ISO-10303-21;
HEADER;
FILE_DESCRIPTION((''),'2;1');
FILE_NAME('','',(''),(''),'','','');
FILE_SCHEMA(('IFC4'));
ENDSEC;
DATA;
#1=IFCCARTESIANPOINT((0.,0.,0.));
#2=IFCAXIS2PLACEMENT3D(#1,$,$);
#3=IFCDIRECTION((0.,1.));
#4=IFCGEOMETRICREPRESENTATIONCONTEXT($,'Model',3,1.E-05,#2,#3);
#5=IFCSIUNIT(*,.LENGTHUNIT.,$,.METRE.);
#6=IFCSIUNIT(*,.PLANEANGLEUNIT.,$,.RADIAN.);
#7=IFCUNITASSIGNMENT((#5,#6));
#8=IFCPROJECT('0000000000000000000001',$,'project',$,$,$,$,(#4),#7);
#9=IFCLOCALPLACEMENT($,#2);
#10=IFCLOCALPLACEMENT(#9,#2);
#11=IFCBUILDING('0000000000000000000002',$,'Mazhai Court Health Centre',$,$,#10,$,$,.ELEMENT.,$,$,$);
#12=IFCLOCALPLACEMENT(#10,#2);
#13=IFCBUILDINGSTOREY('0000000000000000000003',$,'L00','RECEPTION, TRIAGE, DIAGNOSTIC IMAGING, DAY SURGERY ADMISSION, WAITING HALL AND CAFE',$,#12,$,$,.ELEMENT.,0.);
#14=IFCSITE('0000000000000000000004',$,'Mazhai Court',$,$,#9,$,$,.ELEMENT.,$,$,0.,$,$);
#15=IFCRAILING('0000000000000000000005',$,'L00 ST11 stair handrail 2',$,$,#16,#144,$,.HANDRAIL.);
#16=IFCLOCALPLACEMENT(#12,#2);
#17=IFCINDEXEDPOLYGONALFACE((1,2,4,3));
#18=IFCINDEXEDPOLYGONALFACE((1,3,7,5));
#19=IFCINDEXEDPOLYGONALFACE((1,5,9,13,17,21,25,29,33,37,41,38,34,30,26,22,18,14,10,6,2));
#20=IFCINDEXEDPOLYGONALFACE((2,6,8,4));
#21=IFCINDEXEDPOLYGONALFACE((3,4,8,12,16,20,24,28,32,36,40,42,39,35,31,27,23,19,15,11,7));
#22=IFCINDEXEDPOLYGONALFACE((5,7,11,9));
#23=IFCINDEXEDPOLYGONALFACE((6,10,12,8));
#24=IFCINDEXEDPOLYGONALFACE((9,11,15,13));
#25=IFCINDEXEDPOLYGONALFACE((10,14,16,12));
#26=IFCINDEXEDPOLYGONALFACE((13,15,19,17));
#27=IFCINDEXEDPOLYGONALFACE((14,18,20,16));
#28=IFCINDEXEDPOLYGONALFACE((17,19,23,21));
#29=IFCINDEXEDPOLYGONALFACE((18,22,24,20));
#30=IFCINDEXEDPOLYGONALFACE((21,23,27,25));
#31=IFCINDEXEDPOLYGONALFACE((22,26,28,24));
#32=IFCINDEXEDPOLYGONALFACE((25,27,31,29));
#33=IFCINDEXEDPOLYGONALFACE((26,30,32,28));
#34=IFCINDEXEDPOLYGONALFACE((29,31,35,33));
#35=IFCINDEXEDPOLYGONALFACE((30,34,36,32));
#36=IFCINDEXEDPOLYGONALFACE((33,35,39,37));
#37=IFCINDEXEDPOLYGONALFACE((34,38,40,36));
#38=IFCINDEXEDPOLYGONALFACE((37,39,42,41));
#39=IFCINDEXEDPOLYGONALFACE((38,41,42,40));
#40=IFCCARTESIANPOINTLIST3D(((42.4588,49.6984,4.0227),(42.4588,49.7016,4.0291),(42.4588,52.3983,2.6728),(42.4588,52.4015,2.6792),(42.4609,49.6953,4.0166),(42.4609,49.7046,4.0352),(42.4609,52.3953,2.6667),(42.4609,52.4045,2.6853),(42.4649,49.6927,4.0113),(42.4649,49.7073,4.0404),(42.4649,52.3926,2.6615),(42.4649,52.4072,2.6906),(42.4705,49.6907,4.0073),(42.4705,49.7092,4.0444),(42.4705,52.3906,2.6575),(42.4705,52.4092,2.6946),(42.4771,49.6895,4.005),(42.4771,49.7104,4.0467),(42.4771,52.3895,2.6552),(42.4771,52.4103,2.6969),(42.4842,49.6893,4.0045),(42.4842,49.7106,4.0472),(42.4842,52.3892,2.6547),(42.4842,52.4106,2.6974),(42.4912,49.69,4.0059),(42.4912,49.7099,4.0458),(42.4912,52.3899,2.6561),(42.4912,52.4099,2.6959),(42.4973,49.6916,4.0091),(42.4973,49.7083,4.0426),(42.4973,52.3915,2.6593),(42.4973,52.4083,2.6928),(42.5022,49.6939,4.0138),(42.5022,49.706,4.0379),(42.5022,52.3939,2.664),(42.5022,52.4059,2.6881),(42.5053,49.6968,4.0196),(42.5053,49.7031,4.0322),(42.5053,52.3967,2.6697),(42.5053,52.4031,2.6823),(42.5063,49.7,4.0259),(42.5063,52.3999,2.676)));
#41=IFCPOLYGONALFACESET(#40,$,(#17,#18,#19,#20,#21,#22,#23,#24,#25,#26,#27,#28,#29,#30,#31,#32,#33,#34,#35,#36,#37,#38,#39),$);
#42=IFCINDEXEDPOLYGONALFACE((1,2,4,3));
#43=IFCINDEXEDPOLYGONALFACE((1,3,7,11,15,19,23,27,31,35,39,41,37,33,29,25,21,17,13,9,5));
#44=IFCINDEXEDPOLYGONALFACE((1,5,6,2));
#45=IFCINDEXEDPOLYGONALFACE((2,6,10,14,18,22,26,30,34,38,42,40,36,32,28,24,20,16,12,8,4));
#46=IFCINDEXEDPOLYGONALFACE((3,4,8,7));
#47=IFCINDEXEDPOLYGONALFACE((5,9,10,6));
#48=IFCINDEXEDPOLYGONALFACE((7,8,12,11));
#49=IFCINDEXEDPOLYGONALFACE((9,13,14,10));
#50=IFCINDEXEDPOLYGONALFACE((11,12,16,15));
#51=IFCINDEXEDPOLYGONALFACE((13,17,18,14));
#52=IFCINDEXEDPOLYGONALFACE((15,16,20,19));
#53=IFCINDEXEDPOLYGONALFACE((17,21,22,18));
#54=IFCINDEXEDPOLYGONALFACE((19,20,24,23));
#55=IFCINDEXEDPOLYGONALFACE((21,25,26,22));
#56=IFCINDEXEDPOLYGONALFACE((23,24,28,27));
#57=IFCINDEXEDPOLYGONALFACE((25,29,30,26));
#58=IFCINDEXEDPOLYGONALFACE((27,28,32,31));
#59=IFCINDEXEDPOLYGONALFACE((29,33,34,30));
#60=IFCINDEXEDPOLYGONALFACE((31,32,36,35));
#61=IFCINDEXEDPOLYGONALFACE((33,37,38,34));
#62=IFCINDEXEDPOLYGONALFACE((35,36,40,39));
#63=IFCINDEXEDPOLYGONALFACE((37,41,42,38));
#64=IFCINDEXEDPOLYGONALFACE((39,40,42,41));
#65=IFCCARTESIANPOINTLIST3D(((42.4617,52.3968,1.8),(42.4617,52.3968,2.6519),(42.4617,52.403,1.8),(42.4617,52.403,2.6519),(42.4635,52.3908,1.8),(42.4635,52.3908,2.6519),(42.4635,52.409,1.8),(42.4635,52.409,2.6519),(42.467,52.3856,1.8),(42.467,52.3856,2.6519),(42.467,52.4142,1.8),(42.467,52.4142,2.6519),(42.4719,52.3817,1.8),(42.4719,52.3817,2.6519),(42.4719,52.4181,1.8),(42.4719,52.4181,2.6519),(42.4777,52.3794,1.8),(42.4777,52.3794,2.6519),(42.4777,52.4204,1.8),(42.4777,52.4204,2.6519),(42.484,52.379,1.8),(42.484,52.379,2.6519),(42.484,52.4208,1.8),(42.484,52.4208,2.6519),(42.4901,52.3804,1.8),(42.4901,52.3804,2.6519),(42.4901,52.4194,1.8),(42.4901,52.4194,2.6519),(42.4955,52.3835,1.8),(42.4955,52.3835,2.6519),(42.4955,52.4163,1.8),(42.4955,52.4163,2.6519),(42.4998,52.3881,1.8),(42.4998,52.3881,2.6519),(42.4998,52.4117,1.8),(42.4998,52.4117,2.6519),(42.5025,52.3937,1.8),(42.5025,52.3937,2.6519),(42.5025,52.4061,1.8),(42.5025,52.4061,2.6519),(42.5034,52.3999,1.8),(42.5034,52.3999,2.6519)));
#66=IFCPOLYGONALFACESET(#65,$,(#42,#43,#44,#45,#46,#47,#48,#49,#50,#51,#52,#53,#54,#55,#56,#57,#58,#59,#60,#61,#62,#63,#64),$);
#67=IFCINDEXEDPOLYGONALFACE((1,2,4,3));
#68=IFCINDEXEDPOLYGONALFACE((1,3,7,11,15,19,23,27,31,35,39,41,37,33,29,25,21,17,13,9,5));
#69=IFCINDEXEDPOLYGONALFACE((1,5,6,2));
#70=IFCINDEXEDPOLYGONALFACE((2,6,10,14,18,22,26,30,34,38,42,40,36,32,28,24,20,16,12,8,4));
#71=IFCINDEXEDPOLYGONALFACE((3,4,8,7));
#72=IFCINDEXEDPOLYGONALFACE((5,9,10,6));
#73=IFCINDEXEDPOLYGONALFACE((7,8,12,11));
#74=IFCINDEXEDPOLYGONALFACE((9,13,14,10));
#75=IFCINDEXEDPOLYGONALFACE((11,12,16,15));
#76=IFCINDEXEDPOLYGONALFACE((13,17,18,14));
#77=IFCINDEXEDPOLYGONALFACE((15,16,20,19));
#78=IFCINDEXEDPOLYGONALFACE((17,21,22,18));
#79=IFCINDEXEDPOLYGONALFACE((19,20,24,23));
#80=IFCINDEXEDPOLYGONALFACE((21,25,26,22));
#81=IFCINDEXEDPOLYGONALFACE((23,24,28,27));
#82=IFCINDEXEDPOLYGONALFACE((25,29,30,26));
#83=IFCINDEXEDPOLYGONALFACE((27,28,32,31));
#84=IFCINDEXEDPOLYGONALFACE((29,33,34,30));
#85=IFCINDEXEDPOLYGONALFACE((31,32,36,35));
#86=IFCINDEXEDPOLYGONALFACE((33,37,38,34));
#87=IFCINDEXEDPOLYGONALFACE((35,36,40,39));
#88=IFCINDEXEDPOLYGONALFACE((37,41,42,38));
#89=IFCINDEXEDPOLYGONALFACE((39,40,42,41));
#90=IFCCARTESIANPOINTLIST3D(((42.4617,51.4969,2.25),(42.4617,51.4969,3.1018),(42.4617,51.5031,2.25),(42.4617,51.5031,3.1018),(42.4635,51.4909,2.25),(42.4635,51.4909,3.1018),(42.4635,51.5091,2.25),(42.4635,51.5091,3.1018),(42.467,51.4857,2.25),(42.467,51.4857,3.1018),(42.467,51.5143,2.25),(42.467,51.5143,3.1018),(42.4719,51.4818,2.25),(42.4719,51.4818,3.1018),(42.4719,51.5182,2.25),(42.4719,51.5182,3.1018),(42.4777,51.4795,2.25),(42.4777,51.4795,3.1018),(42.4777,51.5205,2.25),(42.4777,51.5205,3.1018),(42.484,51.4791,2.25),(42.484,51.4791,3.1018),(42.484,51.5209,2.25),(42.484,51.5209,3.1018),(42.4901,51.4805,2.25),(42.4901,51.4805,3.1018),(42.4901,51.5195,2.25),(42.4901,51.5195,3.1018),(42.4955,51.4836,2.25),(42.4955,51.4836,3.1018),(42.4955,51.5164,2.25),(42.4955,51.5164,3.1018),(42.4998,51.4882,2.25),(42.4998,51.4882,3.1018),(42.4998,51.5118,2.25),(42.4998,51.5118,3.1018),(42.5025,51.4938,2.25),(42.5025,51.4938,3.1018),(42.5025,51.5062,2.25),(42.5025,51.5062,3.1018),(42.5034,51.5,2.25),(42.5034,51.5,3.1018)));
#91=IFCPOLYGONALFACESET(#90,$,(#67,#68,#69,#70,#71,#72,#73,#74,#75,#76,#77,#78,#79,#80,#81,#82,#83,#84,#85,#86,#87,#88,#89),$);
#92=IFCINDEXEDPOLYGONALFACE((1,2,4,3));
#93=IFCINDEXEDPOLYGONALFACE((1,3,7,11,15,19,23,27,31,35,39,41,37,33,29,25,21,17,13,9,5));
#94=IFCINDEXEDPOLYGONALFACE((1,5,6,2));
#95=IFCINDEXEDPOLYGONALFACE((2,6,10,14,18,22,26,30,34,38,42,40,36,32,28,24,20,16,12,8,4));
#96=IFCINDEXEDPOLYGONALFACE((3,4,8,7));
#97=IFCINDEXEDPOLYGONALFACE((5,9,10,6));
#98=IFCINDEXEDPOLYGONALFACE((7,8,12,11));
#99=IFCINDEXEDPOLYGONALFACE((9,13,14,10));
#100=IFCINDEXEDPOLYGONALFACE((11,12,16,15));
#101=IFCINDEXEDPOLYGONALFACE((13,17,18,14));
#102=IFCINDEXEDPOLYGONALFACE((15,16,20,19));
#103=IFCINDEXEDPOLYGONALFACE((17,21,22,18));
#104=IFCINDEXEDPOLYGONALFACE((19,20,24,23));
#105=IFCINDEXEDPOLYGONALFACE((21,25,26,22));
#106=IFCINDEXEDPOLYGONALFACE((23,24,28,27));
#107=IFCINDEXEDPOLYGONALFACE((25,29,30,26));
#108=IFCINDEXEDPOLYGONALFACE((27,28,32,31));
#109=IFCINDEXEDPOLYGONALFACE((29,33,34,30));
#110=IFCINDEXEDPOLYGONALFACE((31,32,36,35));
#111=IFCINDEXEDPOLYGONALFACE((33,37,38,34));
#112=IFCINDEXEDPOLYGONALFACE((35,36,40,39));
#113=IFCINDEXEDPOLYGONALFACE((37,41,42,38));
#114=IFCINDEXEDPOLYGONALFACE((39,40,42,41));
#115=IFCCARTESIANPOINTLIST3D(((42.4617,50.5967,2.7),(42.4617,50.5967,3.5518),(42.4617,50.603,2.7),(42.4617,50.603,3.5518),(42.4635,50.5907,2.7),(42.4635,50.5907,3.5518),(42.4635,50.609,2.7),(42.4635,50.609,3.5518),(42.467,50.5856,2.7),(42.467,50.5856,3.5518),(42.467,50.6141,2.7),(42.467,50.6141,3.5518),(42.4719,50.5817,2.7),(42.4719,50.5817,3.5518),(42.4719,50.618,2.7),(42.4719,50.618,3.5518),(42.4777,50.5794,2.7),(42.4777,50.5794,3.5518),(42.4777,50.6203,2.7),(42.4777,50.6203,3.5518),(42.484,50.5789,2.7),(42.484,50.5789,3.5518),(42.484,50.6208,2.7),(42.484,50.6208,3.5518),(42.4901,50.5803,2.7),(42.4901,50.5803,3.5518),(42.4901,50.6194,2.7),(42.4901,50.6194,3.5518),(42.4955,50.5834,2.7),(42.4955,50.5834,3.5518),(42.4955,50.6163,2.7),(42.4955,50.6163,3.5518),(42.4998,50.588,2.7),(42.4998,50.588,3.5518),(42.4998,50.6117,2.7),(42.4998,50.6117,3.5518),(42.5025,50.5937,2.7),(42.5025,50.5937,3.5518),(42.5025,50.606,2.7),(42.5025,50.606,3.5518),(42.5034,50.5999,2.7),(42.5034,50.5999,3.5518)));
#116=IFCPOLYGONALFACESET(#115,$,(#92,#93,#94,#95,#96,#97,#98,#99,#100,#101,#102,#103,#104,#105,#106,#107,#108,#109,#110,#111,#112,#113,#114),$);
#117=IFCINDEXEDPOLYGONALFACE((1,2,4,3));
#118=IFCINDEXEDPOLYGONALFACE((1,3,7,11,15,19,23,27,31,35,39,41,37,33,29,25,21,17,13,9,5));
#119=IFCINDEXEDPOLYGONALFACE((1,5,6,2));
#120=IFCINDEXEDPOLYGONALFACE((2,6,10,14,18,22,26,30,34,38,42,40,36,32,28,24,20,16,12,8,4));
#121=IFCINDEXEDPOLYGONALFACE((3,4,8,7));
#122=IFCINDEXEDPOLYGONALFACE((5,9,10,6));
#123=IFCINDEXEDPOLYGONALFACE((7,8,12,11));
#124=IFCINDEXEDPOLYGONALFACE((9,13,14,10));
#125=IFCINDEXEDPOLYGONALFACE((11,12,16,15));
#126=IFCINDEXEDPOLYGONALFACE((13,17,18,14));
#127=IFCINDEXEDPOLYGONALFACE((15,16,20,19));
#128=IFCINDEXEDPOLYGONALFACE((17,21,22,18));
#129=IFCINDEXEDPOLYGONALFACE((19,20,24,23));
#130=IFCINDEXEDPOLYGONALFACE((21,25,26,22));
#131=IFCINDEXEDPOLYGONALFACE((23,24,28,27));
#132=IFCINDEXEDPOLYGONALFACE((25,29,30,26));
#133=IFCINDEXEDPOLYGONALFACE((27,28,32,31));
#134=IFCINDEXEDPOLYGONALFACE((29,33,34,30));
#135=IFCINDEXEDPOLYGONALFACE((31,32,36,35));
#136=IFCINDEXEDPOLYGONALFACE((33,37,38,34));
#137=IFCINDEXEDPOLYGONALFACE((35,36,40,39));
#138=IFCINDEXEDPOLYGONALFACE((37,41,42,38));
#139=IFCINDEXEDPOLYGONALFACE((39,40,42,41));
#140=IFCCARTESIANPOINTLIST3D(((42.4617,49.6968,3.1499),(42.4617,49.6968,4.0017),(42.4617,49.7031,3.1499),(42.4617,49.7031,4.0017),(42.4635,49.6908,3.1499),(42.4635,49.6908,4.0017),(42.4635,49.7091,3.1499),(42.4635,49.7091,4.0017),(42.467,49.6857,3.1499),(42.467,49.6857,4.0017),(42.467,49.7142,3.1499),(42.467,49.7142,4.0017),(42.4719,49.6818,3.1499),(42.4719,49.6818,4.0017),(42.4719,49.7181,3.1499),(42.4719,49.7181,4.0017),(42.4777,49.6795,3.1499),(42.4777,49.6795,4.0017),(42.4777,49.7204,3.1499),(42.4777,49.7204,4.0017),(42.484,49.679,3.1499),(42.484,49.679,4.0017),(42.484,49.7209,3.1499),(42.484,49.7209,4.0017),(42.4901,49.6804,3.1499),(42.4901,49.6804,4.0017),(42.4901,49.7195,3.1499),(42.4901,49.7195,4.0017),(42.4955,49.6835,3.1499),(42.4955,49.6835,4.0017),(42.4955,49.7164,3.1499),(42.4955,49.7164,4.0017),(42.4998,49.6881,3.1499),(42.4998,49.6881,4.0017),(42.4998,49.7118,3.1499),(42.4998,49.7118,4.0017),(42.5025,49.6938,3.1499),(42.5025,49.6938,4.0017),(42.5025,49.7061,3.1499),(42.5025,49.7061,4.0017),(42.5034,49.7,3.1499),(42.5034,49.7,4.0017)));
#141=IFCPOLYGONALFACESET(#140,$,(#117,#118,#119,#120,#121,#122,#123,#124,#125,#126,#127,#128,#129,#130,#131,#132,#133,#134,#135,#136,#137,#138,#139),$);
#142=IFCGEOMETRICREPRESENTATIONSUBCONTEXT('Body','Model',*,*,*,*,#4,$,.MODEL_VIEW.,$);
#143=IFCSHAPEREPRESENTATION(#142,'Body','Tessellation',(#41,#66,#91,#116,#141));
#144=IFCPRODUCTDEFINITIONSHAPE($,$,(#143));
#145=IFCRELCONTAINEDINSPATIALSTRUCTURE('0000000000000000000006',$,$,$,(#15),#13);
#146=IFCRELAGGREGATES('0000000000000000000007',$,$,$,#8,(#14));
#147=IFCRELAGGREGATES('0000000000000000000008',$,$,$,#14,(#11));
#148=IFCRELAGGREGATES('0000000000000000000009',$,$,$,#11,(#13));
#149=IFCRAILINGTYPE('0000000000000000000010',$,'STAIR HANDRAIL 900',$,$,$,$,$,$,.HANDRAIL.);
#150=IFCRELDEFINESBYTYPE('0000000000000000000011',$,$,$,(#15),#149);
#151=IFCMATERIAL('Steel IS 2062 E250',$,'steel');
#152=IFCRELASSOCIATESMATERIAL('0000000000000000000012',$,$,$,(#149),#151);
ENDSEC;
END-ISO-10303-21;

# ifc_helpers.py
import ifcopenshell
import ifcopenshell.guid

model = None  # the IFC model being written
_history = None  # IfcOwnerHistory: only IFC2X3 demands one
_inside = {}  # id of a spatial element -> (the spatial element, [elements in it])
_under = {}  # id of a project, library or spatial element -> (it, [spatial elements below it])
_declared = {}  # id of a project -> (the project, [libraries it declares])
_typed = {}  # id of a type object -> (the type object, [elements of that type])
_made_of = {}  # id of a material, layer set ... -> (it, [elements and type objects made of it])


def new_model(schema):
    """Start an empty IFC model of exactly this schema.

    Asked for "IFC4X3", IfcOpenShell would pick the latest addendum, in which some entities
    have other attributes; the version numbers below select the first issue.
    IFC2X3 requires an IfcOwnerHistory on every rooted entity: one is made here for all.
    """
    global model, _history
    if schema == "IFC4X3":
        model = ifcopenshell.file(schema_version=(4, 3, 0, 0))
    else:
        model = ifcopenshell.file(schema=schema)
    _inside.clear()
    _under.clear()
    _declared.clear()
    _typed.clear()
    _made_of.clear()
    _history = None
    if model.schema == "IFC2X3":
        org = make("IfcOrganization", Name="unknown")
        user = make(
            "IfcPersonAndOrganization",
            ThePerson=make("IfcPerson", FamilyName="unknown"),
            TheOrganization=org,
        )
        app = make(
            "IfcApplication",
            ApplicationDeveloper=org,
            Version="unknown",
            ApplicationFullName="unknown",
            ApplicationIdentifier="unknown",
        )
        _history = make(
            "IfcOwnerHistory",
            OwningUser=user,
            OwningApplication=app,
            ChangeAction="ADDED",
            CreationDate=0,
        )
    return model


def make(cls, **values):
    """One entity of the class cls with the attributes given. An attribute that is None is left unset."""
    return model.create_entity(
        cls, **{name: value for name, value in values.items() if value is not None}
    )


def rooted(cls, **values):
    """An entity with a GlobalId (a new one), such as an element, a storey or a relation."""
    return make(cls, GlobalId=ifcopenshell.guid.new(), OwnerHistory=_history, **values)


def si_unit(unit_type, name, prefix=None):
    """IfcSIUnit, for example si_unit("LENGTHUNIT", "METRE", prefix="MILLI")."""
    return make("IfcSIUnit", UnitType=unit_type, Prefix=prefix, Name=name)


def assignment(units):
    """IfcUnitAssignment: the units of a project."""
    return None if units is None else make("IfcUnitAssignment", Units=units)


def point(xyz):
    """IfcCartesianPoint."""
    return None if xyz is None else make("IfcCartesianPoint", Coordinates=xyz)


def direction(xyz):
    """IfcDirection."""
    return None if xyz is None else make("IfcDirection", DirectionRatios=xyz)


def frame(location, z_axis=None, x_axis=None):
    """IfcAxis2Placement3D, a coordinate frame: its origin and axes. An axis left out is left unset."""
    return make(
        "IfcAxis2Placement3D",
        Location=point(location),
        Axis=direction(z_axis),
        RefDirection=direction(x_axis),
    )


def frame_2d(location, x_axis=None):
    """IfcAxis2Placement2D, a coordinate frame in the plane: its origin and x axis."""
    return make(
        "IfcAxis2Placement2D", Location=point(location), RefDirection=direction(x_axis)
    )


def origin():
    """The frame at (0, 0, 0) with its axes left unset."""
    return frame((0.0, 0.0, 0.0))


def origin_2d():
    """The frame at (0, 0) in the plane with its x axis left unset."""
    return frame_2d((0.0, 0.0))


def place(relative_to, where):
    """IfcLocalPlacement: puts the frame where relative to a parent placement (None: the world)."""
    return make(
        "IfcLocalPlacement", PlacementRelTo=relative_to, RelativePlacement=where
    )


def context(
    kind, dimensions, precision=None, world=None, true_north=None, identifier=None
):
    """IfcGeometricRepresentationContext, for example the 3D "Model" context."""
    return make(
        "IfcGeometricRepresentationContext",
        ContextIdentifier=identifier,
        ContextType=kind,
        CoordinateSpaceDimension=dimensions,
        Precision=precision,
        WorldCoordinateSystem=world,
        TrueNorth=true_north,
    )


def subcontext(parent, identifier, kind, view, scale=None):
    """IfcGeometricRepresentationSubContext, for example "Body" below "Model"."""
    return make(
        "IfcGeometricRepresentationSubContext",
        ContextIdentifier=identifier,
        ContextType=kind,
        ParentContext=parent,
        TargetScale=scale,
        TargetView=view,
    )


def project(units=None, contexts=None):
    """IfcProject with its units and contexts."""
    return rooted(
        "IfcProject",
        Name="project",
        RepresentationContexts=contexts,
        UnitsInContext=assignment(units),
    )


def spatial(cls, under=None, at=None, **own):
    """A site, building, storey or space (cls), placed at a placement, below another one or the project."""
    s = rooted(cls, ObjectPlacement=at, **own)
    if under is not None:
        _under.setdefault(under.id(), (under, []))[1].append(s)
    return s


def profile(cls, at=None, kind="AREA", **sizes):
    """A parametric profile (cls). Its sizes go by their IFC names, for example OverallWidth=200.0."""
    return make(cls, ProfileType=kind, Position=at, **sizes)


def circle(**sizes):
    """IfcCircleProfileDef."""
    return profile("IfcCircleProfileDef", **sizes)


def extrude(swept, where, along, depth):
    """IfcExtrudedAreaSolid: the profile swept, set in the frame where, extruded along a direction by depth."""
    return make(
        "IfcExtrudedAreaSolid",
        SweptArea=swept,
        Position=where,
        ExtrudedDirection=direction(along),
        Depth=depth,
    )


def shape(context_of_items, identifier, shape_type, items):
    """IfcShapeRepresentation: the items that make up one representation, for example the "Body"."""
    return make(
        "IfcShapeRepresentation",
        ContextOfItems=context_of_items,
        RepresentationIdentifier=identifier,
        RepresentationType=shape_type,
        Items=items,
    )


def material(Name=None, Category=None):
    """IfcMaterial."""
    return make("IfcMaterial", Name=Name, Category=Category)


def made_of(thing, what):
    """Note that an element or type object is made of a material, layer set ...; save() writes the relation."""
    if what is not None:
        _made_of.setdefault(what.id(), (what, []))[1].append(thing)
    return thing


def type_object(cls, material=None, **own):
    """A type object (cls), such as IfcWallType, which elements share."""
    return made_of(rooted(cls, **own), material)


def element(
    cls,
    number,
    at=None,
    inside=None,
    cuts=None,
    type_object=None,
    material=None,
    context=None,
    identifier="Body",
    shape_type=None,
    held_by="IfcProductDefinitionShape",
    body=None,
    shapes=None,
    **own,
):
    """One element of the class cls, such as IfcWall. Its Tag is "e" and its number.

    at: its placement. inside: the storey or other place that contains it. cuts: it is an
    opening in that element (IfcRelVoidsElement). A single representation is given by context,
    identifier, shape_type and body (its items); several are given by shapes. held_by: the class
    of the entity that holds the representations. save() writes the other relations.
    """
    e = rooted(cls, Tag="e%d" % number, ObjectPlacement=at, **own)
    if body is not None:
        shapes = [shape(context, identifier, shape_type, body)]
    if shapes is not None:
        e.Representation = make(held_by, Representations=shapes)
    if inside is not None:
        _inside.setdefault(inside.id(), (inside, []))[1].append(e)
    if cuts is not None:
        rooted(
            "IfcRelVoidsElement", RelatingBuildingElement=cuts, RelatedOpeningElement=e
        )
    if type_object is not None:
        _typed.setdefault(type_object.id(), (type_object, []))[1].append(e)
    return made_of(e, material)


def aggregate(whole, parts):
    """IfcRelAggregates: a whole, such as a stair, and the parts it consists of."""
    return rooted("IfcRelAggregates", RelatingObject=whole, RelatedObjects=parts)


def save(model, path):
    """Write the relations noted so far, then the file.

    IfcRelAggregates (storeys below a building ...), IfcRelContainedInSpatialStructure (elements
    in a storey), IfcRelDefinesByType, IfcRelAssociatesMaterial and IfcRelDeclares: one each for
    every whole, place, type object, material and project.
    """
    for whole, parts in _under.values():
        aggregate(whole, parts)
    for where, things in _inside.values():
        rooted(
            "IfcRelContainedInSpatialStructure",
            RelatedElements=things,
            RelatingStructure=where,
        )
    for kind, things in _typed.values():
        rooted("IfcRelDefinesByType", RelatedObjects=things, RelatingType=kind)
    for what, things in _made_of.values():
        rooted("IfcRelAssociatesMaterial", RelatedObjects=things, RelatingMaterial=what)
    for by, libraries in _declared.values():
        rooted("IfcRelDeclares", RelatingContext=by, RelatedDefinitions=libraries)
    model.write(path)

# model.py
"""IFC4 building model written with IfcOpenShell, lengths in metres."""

from ifc_helpers import new_model, si_unit, direction, frame, origin, origin_2d, place, context, subcontext, project, spatial, circle, extrude, material, type_object, element, save


model = new_model("IFC4")

# Units and contexts
model_context = context("Model", 3, precision=1e-05, world=origin(), true_north=direction((0.0, 1.0)))
body_context = subcontext(model_context, "Body", "Model", "MODEL_VIEW")
ifc_project = project(units=[si_unit("LENGTHUNIT", "METRE"), si_unit("PLANEANGLEUNIT", "RADIAN")], contexts=[model_context])

# Site, building, storey
site_placement = place(None, origin())
site = spatial("IfcSite", under=ifc_project, at=site_placement, Name="Mazhai Court", CompositionType="ELEMENT", RefElevation=0.0)
building_placement = place(site_placement, origin())
building = spatial("IfcBuilding", under=site, at=building_placement, Name="Mazhai Court Health Centre", CompositionType="ELEMENT")
storey_placement = place(building_placement, origin())
storey = spatial("IfcBuildingStorey", under=building, at=storey_placement, Name="L00", Description="RECEPTION, TRIAGE, DIAGNOSTIC IMAGING, DAY SURGERY ADMISSION, WAITING HALL AND CAFE", CompositionType="ELEMENT", Elevation=0.0)

# Railing
ifc_material_1 = material(Name="Steel IS 2062 E250", Category="steel")
railing_type_1 = type_object("IfcRailingType", Name="STAIR HANDRAIL 900", PredefinedType="HANDRAIL", material=ifc_material_1)
railing_1_placement = place(storey_placement, frame((42.4824, 52.3999, 1.8)))
element("IfcRailing", 1, at=railing_1_placement, inside=storey, type_object=railing_type_1, Name="L00 ST11 stair handrail 2", PredefinedType="HANDRAIL", context=body_context, shape_type="SweptSolid", body=[
    extrude(circle(Radius=0.0239, at=origin_2d()), frame((0.0, 0.0, 0.876), z_axis=(0.0, -0.894443, 0.447181), x_axis=(1.0, 0.0, 0.0)), (0.0, 0.0, 1.0), 3.0186),
    extrude(circle(Radius=0.021, at=origin_2d()), origin(), (0.0, 0.0, 1.0), 0.8518),
    extrude(circle(Radius=0.021, at=origin_2d()), frame((0.0, -0.8999, 0.45)), (0.0, 0.0, 1.0), 0.8518),
    extrude(circle(Radius=0.021, at=origin_2d()), frame((0.0, -1.8, 0.8999)), (0.0, 0.0, 1.0), 0.8518),
    extrude(circle(Radius=0.021, at=origin_2d()), frame((0.0, -2.7, 1.3499)), (0.0, 0.0, 1.0), 0.8518),
])

save(model, "model.ifc")
